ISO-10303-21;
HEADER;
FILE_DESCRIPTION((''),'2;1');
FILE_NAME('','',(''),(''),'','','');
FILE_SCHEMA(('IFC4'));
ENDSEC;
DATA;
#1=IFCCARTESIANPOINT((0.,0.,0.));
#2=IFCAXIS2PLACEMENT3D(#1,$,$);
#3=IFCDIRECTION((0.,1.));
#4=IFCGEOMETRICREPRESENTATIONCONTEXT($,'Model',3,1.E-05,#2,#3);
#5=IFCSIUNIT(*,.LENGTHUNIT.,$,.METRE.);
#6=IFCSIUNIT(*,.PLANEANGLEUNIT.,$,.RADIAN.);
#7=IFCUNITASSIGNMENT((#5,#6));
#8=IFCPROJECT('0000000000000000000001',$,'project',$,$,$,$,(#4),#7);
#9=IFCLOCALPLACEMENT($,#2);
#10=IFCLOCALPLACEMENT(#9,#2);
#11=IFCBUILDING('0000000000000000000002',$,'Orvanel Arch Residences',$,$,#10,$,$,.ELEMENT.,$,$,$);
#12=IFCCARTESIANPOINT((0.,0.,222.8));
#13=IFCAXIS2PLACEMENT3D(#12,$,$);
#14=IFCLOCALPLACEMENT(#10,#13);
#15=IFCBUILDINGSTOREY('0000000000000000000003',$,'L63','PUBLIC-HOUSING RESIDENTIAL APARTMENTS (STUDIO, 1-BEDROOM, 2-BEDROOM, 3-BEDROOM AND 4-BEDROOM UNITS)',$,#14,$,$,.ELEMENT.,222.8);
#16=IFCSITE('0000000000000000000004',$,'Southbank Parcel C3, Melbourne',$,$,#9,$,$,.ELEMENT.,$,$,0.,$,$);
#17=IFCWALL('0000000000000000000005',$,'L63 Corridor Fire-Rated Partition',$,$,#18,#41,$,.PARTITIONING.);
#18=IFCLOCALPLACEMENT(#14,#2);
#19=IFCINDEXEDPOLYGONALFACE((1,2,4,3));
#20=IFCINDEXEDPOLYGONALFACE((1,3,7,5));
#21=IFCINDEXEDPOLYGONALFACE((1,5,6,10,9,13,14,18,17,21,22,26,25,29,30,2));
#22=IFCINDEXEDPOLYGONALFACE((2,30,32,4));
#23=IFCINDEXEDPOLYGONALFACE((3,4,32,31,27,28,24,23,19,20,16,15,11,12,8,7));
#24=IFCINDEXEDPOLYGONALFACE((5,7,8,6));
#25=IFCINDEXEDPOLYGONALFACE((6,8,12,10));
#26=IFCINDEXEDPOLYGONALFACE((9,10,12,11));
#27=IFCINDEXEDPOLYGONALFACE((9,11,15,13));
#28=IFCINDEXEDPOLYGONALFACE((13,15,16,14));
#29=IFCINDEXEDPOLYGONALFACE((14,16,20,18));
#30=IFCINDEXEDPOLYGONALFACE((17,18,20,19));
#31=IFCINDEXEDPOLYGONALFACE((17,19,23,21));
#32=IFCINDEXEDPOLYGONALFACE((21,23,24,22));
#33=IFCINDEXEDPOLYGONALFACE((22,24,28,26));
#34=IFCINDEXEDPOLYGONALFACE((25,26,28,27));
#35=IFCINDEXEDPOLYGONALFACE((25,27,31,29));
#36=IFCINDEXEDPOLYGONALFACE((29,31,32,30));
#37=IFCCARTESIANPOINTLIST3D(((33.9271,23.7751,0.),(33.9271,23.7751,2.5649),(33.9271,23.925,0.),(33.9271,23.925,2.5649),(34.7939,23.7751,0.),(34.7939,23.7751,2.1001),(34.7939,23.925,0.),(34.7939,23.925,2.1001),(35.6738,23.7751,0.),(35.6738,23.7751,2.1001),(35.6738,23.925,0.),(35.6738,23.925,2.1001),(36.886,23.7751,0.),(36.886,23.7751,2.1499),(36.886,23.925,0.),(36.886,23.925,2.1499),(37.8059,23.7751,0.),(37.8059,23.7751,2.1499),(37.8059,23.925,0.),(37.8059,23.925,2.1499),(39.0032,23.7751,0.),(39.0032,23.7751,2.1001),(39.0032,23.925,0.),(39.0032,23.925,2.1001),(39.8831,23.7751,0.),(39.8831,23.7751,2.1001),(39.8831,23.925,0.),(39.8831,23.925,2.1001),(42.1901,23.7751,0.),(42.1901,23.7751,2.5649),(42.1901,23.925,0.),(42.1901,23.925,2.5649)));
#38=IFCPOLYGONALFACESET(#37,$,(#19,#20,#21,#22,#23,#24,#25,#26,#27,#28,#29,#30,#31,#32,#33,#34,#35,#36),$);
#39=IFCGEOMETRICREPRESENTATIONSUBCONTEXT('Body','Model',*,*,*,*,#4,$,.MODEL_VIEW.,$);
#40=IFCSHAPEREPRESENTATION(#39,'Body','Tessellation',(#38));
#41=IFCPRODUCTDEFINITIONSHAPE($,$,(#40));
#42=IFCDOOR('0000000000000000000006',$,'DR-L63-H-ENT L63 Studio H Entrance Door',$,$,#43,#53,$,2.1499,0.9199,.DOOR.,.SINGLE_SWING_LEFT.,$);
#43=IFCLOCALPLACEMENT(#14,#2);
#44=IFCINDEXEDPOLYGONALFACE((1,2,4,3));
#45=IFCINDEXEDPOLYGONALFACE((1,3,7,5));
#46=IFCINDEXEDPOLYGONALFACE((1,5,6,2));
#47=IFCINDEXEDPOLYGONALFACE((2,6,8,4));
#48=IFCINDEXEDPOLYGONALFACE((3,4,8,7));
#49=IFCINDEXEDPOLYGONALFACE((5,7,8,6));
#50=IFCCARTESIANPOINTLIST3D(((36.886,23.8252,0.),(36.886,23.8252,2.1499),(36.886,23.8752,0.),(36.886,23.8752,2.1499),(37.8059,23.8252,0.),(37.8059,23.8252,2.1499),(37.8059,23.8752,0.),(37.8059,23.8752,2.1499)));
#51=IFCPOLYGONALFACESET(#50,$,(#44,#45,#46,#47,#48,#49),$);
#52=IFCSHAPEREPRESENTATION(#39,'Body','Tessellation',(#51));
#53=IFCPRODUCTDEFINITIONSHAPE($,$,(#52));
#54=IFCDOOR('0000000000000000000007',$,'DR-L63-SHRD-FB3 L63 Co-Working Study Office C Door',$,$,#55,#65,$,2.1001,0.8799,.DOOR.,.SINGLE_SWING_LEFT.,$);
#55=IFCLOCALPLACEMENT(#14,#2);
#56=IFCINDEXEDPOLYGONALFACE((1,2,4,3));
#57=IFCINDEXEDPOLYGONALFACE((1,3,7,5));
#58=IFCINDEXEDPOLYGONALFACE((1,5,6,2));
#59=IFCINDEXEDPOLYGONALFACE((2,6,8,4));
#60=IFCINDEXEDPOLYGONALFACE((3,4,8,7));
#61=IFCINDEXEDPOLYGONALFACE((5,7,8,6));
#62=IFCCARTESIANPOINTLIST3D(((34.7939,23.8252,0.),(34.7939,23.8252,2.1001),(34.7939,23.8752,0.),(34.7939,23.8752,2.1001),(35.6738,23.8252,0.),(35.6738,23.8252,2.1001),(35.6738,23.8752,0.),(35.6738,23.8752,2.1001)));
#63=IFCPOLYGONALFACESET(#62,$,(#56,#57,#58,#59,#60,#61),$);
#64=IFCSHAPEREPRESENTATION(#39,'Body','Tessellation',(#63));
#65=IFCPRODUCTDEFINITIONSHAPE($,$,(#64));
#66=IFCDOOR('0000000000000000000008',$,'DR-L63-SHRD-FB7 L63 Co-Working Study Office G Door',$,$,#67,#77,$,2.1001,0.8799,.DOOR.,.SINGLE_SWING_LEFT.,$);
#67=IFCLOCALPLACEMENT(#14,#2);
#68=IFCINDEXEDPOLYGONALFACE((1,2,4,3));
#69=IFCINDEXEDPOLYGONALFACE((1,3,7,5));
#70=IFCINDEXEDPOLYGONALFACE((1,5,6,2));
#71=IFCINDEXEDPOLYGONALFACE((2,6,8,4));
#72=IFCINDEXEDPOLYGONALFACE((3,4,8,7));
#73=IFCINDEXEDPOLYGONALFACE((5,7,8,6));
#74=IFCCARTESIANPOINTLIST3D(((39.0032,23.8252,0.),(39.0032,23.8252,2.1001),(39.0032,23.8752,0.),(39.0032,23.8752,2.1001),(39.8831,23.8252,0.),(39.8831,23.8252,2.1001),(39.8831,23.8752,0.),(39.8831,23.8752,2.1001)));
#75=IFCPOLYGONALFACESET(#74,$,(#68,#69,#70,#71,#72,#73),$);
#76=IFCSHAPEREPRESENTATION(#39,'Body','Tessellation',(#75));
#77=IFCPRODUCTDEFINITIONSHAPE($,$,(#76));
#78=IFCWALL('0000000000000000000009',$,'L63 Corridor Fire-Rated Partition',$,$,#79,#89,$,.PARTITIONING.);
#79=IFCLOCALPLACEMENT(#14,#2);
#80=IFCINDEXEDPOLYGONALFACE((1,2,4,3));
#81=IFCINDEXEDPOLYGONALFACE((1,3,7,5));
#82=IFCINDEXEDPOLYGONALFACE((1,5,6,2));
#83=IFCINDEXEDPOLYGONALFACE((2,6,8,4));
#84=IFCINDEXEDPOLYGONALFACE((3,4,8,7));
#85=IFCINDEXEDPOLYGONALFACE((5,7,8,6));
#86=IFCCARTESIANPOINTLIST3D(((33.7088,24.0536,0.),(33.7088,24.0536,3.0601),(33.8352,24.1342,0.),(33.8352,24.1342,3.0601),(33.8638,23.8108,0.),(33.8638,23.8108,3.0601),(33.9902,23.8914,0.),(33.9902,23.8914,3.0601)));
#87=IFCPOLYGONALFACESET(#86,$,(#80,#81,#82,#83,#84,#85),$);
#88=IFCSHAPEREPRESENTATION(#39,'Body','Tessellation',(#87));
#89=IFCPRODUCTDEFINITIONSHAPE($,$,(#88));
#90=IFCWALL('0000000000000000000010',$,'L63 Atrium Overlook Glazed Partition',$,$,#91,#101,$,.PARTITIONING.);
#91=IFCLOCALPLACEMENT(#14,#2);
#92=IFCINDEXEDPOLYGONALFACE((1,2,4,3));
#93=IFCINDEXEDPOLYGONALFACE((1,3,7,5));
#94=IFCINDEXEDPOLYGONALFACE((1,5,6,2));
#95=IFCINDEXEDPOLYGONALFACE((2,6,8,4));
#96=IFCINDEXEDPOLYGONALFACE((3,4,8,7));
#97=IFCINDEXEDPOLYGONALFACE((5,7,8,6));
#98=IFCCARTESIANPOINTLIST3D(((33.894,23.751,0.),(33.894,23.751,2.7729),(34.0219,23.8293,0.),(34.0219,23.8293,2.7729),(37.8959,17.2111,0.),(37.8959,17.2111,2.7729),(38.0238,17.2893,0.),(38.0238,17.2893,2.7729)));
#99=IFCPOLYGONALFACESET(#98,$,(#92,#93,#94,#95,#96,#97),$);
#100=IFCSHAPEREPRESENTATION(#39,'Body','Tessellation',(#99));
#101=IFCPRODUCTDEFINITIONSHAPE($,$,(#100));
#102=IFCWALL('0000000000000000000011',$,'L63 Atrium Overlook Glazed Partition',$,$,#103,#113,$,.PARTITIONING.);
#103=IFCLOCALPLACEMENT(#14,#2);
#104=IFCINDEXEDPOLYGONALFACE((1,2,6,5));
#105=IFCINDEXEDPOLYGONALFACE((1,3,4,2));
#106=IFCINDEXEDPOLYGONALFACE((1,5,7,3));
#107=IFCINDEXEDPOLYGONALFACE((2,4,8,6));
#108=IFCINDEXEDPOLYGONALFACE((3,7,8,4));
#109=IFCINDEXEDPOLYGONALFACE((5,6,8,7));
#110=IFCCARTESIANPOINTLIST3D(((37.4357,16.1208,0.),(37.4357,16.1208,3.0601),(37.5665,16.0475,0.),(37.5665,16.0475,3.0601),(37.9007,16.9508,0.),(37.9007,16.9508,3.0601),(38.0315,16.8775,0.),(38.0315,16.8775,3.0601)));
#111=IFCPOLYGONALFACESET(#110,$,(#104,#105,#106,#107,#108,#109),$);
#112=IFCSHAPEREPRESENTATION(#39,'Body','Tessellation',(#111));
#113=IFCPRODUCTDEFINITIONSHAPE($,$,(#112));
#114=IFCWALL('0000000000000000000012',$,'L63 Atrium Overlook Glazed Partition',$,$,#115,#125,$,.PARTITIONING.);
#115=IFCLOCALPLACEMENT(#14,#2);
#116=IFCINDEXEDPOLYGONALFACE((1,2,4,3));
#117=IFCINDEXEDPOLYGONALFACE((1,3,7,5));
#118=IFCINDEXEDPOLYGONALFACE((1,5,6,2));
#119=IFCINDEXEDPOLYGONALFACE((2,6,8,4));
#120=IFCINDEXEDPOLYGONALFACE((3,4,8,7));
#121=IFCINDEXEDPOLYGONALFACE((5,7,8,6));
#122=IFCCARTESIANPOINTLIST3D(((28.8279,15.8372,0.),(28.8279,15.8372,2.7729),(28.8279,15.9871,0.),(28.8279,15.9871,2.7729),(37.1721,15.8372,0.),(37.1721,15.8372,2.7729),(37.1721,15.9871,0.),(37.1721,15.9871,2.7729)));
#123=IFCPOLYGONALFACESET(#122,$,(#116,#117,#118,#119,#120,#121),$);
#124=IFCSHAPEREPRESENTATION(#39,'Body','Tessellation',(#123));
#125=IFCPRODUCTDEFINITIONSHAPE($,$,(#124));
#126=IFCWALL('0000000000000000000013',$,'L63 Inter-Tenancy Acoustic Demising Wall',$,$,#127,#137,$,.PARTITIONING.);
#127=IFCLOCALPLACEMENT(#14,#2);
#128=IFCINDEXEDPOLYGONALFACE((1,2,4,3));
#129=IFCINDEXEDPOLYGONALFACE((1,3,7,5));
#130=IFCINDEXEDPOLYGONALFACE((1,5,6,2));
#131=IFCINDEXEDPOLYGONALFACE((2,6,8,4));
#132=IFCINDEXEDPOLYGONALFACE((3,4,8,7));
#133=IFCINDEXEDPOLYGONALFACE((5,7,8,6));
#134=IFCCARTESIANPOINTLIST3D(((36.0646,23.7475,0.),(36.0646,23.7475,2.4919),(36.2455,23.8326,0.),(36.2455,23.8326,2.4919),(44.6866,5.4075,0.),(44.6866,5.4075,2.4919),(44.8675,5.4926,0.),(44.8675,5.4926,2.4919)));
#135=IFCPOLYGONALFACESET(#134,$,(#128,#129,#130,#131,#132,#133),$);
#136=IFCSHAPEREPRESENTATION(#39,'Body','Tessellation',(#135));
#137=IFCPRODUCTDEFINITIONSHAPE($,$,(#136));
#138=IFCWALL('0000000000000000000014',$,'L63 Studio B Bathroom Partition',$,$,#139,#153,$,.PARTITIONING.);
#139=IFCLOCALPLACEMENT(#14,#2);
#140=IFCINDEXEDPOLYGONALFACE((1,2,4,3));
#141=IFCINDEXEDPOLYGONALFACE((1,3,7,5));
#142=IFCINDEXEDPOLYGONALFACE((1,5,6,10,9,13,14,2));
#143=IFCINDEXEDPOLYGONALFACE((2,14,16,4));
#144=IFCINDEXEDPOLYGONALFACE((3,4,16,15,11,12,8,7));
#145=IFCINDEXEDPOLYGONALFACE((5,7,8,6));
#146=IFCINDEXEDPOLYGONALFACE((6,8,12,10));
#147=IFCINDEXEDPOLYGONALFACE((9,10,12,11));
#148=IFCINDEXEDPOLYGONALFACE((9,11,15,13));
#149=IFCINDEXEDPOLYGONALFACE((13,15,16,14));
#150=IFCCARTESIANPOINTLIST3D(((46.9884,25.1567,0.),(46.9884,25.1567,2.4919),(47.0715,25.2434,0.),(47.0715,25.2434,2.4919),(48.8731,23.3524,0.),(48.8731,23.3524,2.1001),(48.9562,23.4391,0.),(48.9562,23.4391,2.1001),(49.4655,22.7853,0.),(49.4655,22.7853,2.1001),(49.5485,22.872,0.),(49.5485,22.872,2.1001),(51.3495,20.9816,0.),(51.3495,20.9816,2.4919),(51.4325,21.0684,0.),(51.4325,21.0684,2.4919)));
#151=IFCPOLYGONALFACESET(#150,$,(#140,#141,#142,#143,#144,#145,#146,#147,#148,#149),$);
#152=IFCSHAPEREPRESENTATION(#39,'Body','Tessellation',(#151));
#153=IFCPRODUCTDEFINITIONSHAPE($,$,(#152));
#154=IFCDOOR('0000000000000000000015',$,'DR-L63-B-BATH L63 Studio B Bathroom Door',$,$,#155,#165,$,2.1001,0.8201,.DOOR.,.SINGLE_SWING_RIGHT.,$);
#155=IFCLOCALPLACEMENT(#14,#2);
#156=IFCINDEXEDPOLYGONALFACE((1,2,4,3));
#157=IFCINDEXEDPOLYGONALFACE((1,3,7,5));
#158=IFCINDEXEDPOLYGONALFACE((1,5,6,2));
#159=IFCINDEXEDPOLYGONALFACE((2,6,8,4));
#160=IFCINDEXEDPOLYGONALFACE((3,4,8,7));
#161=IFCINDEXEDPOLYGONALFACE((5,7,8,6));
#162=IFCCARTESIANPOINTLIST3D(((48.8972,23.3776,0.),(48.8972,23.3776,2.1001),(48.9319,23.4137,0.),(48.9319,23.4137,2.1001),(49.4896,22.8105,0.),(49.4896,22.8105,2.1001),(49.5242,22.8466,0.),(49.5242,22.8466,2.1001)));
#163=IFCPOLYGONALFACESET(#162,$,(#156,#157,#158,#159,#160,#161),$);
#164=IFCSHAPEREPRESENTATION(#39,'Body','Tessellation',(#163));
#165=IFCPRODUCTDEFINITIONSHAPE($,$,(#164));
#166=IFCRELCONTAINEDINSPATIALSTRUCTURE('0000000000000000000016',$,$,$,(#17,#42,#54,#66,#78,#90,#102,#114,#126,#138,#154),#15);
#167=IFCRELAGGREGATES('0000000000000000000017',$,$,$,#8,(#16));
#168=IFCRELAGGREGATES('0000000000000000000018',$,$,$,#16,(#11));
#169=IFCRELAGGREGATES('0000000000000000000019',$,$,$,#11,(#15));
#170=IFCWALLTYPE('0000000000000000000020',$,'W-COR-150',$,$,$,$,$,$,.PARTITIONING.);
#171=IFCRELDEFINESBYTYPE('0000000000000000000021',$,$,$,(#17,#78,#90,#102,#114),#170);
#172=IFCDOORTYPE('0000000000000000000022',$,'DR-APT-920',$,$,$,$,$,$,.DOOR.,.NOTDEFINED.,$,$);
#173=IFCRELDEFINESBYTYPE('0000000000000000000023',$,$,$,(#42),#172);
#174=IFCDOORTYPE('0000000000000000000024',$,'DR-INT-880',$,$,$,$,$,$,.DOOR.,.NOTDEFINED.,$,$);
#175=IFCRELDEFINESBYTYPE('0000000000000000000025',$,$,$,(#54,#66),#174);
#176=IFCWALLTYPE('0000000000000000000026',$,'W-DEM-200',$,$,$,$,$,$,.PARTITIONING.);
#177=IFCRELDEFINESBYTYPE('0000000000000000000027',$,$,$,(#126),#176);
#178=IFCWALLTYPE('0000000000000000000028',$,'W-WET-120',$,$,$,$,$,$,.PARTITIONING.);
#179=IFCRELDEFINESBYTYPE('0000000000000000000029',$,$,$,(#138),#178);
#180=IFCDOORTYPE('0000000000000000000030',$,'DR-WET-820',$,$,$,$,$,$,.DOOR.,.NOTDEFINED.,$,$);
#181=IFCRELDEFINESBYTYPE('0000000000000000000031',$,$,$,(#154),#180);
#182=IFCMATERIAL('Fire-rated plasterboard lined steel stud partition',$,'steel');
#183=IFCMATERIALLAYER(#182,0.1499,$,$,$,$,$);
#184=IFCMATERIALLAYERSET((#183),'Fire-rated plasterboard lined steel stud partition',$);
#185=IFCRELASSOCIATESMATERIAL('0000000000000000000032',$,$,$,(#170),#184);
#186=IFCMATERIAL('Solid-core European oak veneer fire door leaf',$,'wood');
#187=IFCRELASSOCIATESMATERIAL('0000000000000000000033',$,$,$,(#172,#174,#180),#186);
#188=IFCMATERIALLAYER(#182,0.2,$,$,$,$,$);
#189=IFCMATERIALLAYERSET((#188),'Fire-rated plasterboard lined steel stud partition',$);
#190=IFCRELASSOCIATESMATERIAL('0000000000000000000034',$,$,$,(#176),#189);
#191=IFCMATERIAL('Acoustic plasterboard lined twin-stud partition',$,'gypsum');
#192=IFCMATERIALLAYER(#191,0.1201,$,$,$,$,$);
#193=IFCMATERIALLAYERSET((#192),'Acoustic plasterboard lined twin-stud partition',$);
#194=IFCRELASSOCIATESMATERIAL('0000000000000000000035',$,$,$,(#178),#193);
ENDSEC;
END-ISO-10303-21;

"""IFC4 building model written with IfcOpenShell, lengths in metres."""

from ifc_helpers import new_model, si_unit, direction, frame, frame_2d, origin, place, context, subcontext, project, spatial, rectangle, extrude, material, layer, layer_set, type_object, element, fill, save


model = new_model("IFC4")

# Units and contexts
model_context = context("Model", 3, precision=1e-05, world=origin(), true_north=direction((0.0, 1.0)))
body_context = subcontext(model_context, "Body", "Model", "MODEL_VIEW")
ifc_project = project(units=[si_unit("LENGTHUNIT", "METRE"), si_unit("PLANEANGLEUNIT", "RADIAN")], contexts=[model_context])

# Site, building, storey
site_placement = place(None, origin())
site = spatial("IfcSite", under=ifc_project, at=site_placement, Name="Southbank Parcel C3, Melbourne", CompositionType="ELEMENT", RefElevation=0.0)
building_placement = place(site_placement, origin())
building = spatial("IfcBuilding", under=site, at=building_placement, Name="Orvanel Arch Residences", CompositionType="ELEMENT")
storey_placement = place(building_placement, frame((0.0, 0.0, 222.8)))
storey = spatial("IfcBuildingStorey", under=building, at=storey_placement, Name="L63", Description="PUBLIC-HOUSING RESIDENTIAL APARTMENTS (STUDIO, 1-BEDROOM, 2-BEDROOM, 3-BEDROOM AND 4-BEDROOM UNITS)", CompositionType="ELEMENT", Elevation=222.8)

# Shared definitions
ifc_material_1 = material(Name="Fire-rated plasterboard lined steel stud partition", Category="steel")
ifc_layer_1 = layer(ifc_material_1, 0.1499)
ifc_layer_set_1 = layer_set([ifc_layer_1], Name="Fire-rated plasterboard lined steel stud partition")
wall_type_1 = type_object("IfcWallType", Name="W-COR-150", PredefinedType="PARTITIONING", material=ifc_layer_set_1)
ifc_material_2 = material(Name="Solid-core European oak veneer fire door leaf", Category="wood")
door_type_1 = type_object("IfcDoorType", Name="DR-APT-920", OperationType="NOTDEFINED", PredefinedType="DOOR", material=ifc_material_2)

# Wall, openings, doors
wall_1_placement = place(storey_placement, frame((42.1899, 23.8501, 0.0), z_axis=(0.0, 0.0, 1.0), x_axis=(-1.0, 0.0, 0.0)))
wall_1 = element("IfcWall", 1, at=wall_1_placement, inside=storey, type_object=wall_type_1, Name="L63 Corridor Fire-Rated Partition", PredefinedType="PARTITIONING", context=body_context, shape_type="SweptSolid", body=[
    extrude(rectangle(XDim=8.2629, YDim=0.1499, at=frame_2d((4.1313, 0.0))), origin(), (0.0, 0.0, 1.0), 2.5649),
])
opening_1_placement = place(wall_1_placement, frame((6.5161, 0.0, 0.0)))
opening_1 = element("IfcOpeningElement", 2, at=opening_1_placement, cuts=wall_1, PredefinedType="OPENING", context=body_context, shape_type="SweptSolid", body=[
    extrude(rectangle(XDim=0.8799, YDim=2.1001, at=frame_2d((0.4399, 1.05))), frame((0.0, 0.085, 0.0), z_axis=(0.0, -1.0, 0.0), x_axis=(1.0, 0.0, 0.0)), (0.0, 0.0, 1.0), 0.1699),
])
opening_2_placement = place(wall_1_placement, frame((2.3069, 0.0, 0.0)))
opening_2 = element("IfcOpeningElement", 3, at=opening_2_placement, cuts=wall_1, PredefinedType="OPENING", context=body_context, shape_type="SweptSolid", body=[
    extrude(rectangle(XDim=0.8799, YDim=2.1001, at=frame_2d((0.4399, 1.05))), frame((0.0, 0.085, 0.0), z_axis=(0.0, -1.0, 0.0), x_axis=(1.0, 0.0, 0.0)), (0.0, 0.0, 1.0), 0.1699),
])
opening_3_placement = place(wall_1_placement, frame((4.384, 0.0, 0.0)))
opening_3 = element("IfcOpeningElement", 4, at=opening_3_placement, cuts=wall_1, PredefinedType="OPENING", context=body_context, shape_type="SweptSolid", body=[
    extrude(rectangle(XDim=0.9199, YDim=2.1499, at=frame_2d((0.46, 1.075))), frame((0.0, 0.085, 0.0), z_axis=(0.0, -1.0, 0.0), x_axis=(1.0, 0.0, 0.0)), (0.0, 0.0, 1.0), 0.1699),
])
door_1_placement = place(opening_3_placement, origin())
door_1 = element("IfcDoor", 5, at=door_1_placement, inside=storey, type_object=door_type_1, Name="DR-L63-H-ENT L63 Studio H Entrance Door", OperationType="SINGLE_SWING_LEFT", OverallHeight=2.1499, OverallWidth=0.9199, PredefinedType="DOOR", context=body_context, shape_type="SweptSolid", body=[
    extrude(rectangle(XDim=0.9199, YDim=2.1499, at=frame_2d((0.46, 1.075))), frame((0.0, 0.0249, 0.0), z_axis=(0.0, -1.0, 0.0), x_axis=(1.0, 0.0, 0.0)), (0.0, 0.0, 1.0), 0.05),
])
fill(opening_3, door_1)
door_type_2 = type_object("IfcDoorType", Name="DR-INT-880", OperationType="NOTDEFINED", PredefinedType="DOOR", material=ifc_material_2)
door_2_placement = place(opening_1_placement, origin())
door_2 = element("IfcDoor", 6, at=door_2_placement, inside=storey, type_object=door_type_2, Name="DR-L63-SHRD-FB3 L63 Co-Working Study Office C Door", OperationType="SINGLE_SWING_LEFT", OverallHeight=2.1001, OverallWidth=0.8799, PredefinedType="DOOR", context=body_context, shape_type="SweptSolid", body=[
    extrude(rectangle(XDim=0.8799, YDim=2.1001, at=frame_2d((0.4399, 1.05))), frame((0.0, 0.0249, 0.0), z_axis=(0.0, -1.0, 0.0), x_axis=(1.0, 0.0, 0.0)), (0.0, 0.0, 1.0), 0.05),
])
fill(opening_1, door_2)
door_3_placement = place(opening_2_placement, origin())
door_3 = element("IfcDoor", 7, at=door_3_placement, inside=storey, type_object=door_type_2, Name="DR-L63-SHRD-FB7 L63 Co-Working Study Office G Door", OperationType="SINGLE_SWING_LEFT", OverallHeight=2.1001, OverallWidth=0.8799, PredefinedType="DOOR", context=body_context, shape_type="SweptSolid", body=[
    extrude(rectangle(XDim=0.8799, YDim=2.1001, at=frame_2d((0.4399, 1.05))), frame((0.0, 0.0249, 0.0), z_axis=(0.0, -1.0, 0.0), x_axis=(1.0, 0.0, 0.0)), (0.0, 0.0, 1.0), 0.05),
])
fill(opening_2, door_3)

# Walls
wall_2_placement = place(storey_placement, frame((33.927, 23.8511, 0.0), z_axis=(0.0, 0.0, 1.0), x_axis=(-0.537971, 0.842963, 0.0)))
element("IfcWall", 8, at=wall_2_placement, inside=storey, type_object=wall_type_1, Name="L63 Corridor Fire-Rated Partition", PredefinedType="PARTITIONING", context=body_context, shape_type="SweptSolid", body=[
    extrude(rectangle(XDim=0.2881, YDim=0.1499, at=frame_2d((0.144, 0.0))), origin(), (0.0, 0.0, 1.0), 3.0601),
])
wall_3_placement = place(storey_placement, frame((33.958, 23.79, 0.0), z_axis=(0.0, 0.0, 1.0), x_axis=(0.52195, -0.852976, 0.0)))
element("IfcWall", 9, at=wall_3_placement, inside=storey, type_object=wall_type_1, Name="L63 Atrium Overlook Glazed Partition", PredefinedType="PARTITIONING", context=body_context, shape_type="SweptSolid", body=[
    extrude(rectangle(XDim=7.6672, YDim=0.1499, at=frame_2d((3.8335, 0.0))), origin(), (0.0, 0.0, 1.0), 2.7729),
])
wall_4_placement = place(storey_placement, frame((37.9661, 16.9141, 0.0), z_axis=(0.0, 0.0, 1.0), x_axis=(-0.488799, -0.872397, 0.0)))
element("IfcWall", 10, at=wall_4_placement, inside=storey, type_object=wall_type_1, Name="L63 Atrium Overlook Glazed Partition", PredefinedType="PARTITIONING", context=body_context, shape_type="SweptSolid", body=[
    extrude(rectangle(XDim=0.9514, YDim=0.1499, at=frame_2d((0.4756, 0.0))), origin(), (0.0, 0.0, 1.0), 3.0601),
])
wall_5_placement = place(storey_placement, frame((37.1721, 15.9121, 0.0), z_axis=(0.0, 0.0, 1.0), x_axis=(-1.0, 0.0, 0.0)))
element("IfcWall", 11, at=wall_5_placement, inside=storey, type_object=wall_type_1, Name="L63 Atrium Overlook Glazed Partition", PredefinedType="PARTITIONING", context=body_context, shape_type="SweptSolid", body=[
    extrude(rectangle(XDim=8.3442, YDim=0.1499, at=frame_2d((4.1721, 0.0))), origin(), (0.0, 0.0, 1.0), 2.7729),
])
ifc_layer_2 = layer(ifc_material_1, 0.2)
ifc_layer_set_2 = layer_set([ifc_layer_2], Name="Fire-rated plasterboard lined steel stud partition")
wall_type_2 = type_object("IfcWallType", Name="W-DEM-200", PredefinedType="PARTITIONING", material=ifc_layer_set_2)
wall_6_placement = place(storey_placement, frame((36.155, 23.79, 0.0), z_axis=(0.0, 0.0, 1.0), x_axis=(0.425451, -0.904981, 0.0)))
element("IfcWall", 12, at=wall_6_placement, inside=storey, type_object=wall_type_2, Name="L63 Inter-Tenancy Acoustic Demising Wall", PredefinedType="PARTITIONING", context=body_context, shape_type="SweptSolid", body=[
    extrude(rectangle(XDim=20.2656, YDim=0.2, at=frame_2d((10.1328, 0.0))), origin(), (0.0, 0.0, 1.0), 2.4919),
])

# Wall, opening, door
ifc_material_3 = material(Name="Acoustic plasterboard lined twin-stud partition", Category="gypsum")
ifc_layer_3 = layer(ifc_material_3, 0.1201)
ifc_layer_set_3 = layer_set([ifc_layer_3], Name="Acoustic plasterboard lined twin-stud partition")
wall_type_3 = type_object("IfcWallType", Name="W-WET-120", PredefinedType="PARTITIONING", material=ifc_layer_set_3)
wall_7_placement = place(storey_placement, frame((47.03, 25.2, 0.0), z_axis=(0.0, 0.0, 1.0), x_axis=(0.722346, -0.691532, 0.0)))
wall_7 = element("IfcWall", 13, at=wall_7_placement, inside=storey, type_object=wall_type_3, Name="L63 Studio B Bathroom Partition", PredefinedType="PARTITIONING", context=body_context, shape_type="SweptSolid", body=[
    extrude(rectangle(XDim=6.0374, YDim=0.1201, at=frame_2d((3.0186, 0.0))), origin(), (0.0, 0.0, 1.0), 2.4919),
])
opening_4_placement = place(wall_7_placement, frame((2.6089, 0.0, 0.0)))
opening_4 = element("IfcOpeningElement", 14, at=opening_4_placement, cuts=wall_7, PredefinedType="OPENING", context=body_context, shape_type="SweptSolid", body=[
    extrude(rectangle(XDim=0.8201, YDim=2.1001, at=frame_2d((0.4102, 1.05))), frame((0.0, 0.0701, 0.0), z_axis=(0.0, -1.0, 0.0), x_axis=(1.0, 0.0, 0.0)), (0.0, 0.0, 1.0), 0.1401),
])
door_type_3 = type_object("IfcDoorType", Name="DR-WET-820", OperationType="NOTDEFINED", PredefinedType="DOOR", material=ifc_material_2)
door_4_placement = place(opening_4_placement, origin())
door_4 = element("IfcDoor", 15, at=door_4_placement, inside=storey, type_object=door_type_3, Name="DR-L63-B-BATH L63 Studio B Bathroom Door", OperationType="SINGLE_SWING_RIGHT", OverallHeight=2.1001, OverallWidth=0.8201, PredefinedType="DOOR", context=body_context, shape_type="SweptSolid", body=[
    extrude(rectangle(XDim=0.8201, YDim=2.1001, at=frame_2d((0.4102, 1.05))), frame((0.0, 0.0249, 0.0), z_axis=(0.0, -1.0, 0.0), x_axis=(1.0, 0.0, 0.0)), (0.0, 0.0, 1.0), 0.05),
])
fill(opening_4, door_4)

save(model, "model.ifc")
